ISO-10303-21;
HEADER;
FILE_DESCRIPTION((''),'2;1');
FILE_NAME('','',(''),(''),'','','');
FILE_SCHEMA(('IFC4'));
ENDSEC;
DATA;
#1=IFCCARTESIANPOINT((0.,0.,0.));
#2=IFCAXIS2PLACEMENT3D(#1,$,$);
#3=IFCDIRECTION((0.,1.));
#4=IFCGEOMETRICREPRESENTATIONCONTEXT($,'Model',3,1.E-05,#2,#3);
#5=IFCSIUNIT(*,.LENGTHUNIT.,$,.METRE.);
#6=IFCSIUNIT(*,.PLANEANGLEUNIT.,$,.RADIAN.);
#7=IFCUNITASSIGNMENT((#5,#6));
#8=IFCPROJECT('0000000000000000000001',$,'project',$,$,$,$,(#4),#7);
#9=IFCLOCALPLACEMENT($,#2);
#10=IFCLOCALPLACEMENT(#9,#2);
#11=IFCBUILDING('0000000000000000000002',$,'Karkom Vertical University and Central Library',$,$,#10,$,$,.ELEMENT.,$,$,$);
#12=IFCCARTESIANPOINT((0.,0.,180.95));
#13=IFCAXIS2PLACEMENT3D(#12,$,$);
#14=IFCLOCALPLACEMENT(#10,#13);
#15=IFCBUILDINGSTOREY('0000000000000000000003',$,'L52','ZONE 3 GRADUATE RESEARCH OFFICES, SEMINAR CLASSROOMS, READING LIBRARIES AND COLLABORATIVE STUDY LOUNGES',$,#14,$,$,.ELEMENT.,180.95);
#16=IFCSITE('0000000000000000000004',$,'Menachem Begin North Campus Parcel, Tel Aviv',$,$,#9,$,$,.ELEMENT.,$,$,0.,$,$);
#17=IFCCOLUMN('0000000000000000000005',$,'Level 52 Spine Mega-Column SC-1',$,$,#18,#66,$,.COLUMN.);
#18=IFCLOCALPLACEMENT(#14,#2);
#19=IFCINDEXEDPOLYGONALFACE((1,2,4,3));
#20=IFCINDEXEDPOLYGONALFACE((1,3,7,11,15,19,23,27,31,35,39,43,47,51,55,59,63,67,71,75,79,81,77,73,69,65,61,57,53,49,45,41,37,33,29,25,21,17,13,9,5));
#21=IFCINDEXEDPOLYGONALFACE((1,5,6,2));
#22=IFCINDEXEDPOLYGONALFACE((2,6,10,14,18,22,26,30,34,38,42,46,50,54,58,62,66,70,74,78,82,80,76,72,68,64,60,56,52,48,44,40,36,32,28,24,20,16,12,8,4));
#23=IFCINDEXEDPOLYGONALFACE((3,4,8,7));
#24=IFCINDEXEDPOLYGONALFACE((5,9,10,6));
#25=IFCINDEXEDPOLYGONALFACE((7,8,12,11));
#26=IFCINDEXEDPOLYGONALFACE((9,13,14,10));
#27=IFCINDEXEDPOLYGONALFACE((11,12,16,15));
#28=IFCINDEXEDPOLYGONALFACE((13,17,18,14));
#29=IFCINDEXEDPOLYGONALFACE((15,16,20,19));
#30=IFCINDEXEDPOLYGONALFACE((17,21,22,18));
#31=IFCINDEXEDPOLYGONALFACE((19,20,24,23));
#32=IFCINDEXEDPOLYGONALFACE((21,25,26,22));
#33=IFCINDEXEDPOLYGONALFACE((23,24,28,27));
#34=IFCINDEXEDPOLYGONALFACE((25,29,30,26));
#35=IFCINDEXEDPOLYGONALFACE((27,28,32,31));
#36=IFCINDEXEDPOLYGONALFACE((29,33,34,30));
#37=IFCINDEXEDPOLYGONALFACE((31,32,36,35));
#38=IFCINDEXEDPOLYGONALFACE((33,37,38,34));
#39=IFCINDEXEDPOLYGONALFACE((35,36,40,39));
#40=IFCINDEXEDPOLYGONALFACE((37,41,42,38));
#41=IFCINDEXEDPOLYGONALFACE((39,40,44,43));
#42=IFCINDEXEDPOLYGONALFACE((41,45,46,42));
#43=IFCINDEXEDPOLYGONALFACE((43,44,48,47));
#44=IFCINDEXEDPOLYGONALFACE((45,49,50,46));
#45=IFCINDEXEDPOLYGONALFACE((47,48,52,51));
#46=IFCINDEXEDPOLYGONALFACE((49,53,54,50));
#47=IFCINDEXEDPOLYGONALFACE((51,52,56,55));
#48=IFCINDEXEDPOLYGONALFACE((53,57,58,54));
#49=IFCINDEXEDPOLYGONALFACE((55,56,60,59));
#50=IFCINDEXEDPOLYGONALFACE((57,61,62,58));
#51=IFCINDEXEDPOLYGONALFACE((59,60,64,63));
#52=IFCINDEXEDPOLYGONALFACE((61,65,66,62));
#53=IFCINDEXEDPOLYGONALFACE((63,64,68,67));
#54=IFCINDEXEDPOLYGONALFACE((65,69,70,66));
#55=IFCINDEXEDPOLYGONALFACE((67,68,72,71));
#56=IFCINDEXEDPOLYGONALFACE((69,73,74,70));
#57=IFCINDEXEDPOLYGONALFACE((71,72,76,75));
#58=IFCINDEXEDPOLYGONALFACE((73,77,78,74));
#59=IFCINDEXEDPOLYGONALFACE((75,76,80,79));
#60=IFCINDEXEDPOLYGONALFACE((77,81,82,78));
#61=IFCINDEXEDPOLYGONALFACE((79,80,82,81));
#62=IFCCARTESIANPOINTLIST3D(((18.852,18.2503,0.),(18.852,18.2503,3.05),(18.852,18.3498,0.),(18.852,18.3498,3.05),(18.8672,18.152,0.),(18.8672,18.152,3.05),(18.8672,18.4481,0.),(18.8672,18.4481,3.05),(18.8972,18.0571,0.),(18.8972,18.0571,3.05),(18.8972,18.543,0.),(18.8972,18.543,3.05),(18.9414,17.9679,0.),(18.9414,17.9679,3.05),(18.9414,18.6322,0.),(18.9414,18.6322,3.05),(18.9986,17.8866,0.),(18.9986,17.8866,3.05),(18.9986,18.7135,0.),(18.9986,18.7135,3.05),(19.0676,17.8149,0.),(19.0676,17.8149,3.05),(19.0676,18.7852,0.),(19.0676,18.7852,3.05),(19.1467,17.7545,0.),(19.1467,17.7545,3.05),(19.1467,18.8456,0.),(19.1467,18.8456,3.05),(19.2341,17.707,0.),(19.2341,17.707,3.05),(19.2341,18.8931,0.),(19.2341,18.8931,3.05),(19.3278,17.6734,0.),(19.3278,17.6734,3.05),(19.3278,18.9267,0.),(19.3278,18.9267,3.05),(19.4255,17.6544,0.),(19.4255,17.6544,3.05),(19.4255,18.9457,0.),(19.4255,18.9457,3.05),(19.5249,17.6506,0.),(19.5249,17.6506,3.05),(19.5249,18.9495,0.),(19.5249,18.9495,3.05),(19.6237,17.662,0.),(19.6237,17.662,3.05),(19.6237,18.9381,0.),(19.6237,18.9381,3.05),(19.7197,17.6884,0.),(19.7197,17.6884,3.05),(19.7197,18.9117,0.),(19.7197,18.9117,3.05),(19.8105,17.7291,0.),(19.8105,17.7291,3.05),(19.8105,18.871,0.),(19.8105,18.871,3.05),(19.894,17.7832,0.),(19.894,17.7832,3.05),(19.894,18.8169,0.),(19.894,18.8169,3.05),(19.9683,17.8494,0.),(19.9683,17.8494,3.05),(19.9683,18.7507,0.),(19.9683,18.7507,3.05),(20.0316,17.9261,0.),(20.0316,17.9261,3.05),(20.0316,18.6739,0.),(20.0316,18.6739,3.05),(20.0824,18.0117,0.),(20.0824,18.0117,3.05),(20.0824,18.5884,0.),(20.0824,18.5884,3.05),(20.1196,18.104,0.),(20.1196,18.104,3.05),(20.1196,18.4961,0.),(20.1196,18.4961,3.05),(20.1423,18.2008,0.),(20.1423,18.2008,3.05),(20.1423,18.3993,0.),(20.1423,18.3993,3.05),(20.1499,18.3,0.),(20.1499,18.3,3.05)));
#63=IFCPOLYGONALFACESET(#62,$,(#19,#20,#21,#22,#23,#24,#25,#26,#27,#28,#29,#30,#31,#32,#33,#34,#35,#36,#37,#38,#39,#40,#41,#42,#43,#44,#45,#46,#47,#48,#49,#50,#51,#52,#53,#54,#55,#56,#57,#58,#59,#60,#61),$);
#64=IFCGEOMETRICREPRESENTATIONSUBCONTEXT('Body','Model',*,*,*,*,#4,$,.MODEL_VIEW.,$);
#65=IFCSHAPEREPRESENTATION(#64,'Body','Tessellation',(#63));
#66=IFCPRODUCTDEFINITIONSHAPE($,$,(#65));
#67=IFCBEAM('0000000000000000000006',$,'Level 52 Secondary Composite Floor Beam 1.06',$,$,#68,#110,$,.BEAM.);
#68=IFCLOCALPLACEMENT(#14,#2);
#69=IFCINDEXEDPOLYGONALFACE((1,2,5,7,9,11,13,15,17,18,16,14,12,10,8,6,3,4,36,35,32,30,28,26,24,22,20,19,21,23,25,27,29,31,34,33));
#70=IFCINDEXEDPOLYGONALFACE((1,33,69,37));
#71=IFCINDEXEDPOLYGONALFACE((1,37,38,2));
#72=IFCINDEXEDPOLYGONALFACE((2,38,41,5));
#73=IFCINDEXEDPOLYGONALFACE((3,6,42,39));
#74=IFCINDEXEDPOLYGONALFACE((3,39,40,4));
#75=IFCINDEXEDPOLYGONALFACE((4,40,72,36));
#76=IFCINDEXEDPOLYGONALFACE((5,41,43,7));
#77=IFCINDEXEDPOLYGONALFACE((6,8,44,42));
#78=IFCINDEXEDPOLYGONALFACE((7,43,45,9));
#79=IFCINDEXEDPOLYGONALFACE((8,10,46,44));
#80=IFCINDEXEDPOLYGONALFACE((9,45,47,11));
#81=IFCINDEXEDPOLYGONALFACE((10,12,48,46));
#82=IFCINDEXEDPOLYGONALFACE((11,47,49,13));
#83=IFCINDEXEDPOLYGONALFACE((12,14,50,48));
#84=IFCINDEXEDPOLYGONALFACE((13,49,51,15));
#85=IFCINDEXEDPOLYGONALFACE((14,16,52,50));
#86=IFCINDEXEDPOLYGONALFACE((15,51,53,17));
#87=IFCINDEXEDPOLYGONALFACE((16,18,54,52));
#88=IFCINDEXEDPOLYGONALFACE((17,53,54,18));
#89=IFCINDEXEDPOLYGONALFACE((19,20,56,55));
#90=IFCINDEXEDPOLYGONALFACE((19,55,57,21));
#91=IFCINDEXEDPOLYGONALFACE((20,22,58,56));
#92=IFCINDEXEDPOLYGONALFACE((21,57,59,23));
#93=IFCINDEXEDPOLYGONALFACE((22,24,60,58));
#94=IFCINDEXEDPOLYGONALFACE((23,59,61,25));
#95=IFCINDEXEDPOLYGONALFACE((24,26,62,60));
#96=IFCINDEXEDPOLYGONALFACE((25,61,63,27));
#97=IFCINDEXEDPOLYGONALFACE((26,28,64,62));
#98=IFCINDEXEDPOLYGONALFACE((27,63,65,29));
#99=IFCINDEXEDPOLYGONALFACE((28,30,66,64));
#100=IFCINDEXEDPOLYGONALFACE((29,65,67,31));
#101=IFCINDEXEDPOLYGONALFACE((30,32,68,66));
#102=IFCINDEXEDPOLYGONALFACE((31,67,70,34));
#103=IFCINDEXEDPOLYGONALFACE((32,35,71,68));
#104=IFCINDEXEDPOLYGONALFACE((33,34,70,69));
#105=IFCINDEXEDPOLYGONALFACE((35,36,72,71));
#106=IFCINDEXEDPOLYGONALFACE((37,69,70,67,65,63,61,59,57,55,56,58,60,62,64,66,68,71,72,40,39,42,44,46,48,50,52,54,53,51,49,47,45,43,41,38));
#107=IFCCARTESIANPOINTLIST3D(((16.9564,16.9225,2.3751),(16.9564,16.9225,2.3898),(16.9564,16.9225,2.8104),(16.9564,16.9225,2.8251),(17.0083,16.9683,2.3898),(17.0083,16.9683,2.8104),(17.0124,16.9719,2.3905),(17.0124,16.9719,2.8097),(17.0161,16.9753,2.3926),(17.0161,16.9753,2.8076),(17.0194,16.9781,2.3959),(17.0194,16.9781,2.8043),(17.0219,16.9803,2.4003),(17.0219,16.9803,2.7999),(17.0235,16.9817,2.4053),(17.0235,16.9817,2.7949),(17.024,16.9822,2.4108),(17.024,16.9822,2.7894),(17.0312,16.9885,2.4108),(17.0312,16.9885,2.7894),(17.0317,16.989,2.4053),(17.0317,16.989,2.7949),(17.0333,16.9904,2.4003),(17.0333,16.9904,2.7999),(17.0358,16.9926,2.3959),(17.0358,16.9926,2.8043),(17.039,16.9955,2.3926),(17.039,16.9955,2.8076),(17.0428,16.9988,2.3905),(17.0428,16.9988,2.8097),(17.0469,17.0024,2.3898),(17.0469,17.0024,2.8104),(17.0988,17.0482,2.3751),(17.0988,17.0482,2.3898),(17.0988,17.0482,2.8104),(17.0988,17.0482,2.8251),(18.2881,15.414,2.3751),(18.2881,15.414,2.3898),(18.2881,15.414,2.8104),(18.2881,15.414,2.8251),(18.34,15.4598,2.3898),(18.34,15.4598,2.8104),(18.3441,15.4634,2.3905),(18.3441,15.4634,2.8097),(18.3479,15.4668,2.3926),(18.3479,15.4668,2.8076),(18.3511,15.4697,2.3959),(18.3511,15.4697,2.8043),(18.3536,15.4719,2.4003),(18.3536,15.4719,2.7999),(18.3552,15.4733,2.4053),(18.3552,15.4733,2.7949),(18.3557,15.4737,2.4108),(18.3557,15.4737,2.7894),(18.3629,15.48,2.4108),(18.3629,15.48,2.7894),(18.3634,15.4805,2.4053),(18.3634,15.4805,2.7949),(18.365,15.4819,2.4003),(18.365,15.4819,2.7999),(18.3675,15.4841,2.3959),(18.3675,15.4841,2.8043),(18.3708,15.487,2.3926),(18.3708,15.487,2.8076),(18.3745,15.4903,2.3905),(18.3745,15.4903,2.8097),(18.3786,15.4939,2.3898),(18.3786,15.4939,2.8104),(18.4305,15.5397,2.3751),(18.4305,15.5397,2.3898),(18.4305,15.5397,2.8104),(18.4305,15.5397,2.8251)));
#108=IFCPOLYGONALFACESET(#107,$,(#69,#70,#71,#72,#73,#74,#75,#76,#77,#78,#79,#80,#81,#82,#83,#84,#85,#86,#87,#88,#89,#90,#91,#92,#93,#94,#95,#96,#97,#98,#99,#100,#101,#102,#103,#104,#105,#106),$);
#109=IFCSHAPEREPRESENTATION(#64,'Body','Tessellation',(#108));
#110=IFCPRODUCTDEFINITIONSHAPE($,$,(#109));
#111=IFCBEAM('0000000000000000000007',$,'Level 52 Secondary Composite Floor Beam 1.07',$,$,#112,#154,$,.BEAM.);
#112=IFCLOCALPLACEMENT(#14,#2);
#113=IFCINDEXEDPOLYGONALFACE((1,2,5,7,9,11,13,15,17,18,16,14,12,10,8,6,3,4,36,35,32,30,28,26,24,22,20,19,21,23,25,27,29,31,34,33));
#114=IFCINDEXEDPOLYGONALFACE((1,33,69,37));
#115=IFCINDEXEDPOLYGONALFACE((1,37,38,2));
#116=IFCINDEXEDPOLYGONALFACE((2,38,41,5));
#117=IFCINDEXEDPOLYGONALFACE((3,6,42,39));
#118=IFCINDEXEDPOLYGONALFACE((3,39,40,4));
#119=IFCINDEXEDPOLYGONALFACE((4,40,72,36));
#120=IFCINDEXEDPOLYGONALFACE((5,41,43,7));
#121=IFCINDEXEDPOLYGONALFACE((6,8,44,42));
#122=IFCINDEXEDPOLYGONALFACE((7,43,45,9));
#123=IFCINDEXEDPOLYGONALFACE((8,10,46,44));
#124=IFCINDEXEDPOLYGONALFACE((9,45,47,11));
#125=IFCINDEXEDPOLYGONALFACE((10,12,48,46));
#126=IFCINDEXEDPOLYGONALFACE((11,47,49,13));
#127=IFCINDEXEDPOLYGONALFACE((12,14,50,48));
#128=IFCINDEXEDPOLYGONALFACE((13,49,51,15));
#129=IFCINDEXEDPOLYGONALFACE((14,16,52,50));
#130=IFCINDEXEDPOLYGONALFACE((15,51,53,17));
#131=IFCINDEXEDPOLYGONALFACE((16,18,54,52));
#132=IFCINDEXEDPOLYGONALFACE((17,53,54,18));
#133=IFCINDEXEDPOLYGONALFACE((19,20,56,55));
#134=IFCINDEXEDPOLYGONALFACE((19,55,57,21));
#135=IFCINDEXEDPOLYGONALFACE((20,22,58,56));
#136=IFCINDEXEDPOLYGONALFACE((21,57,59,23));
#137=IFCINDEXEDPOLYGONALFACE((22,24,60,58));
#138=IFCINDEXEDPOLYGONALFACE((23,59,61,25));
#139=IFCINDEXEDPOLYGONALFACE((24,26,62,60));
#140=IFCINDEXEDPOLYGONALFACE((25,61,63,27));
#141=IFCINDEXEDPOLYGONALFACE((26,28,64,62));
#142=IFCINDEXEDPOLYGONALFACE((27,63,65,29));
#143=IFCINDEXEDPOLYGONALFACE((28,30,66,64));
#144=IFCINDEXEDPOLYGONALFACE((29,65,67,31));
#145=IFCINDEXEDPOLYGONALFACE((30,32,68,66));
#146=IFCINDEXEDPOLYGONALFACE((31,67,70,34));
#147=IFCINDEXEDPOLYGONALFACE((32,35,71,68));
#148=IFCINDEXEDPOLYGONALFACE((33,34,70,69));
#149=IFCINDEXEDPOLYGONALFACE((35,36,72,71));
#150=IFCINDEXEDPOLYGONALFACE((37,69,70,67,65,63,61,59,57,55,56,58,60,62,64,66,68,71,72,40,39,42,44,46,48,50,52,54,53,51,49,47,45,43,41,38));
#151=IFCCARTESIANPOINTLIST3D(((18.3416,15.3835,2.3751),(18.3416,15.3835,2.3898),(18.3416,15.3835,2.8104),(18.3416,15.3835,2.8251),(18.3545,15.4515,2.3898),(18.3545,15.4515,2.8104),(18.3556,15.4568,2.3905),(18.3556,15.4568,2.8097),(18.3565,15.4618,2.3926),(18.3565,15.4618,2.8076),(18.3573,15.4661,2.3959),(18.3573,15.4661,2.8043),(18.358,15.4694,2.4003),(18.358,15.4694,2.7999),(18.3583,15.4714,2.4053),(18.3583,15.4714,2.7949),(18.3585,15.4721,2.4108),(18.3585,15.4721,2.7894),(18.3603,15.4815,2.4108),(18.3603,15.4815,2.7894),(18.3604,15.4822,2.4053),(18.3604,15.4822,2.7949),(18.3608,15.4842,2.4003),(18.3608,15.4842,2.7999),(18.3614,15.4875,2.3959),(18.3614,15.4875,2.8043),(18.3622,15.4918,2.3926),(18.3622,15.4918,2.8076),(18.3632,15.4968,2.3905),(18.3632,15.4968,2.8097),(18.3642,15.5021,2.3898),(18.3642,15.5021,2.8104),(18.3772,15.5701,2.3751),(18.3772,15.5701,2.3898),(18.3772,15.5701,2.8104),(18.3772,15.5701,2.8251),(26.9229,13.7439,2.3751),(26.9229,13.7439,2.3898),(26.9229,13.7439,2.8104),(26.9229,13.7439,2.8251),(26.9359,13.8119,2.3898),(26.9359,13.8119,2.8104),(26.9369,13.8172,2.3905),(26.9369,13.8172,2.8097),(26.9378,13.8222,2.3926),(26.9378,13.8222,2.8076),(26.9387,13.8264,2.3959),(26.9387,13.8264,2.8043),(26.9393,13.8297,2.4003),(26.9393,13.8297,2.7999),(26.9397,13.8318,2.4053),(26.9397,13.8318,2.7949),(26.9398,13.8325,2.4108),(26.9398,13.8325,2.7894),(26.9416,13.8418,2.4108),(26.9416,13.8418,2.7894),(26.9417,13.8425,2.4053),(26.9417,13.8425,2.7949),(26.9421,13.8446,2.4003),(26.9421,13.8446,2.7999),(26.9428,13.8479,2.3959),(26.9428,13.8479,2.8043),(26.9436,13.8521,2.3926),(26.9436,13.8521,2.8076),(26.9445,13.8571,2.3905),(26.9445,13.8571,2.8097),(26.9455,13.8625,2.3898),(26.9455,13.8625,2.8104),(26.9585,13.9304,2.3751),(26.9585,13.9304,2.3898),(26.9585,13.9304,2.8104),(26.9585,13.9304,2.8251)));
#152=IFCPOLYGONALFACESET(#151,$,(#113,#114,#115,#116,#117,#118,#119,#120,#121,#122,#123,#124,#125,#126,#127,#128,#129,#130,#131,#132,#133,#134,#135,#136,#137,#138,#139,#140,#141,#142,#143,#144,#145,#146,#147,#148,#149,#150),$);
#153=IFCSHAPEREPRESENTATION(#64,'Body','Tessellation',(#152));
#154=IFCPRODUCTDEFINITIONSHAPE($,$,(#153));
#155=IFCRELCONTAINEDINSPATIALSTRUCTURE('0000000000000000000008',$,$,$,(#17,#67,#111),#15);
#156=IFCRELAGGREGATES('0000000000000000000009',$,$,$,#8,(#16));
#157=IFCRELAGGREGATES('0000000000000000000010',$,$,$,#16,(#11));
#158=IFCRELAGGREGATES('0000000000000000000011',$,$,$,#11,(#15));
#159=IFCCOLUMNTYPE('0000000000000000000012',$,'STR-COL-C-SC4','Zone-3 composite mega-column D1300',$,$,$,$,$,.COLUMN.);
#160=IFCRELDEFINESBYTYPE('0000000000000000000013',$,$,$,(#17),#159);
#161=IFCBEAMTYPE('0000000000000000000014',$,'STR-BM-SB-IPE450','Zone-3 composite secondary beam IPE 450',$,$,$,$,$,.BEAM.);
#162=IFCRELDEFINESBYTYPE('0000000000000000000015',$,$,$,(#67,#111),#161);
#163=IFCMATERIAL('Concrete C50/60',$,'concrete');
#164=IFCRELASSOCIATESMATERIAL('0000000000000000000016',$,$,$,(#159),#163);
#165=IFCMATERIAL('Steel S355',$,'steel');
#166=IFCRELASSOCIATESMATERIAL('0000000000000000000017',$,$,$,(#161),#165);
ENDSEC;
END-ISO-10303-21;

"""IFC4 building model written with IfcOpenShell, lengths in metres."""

from ifc_helpers import new_model, si_unit, direction, frame, origin, origin_with_axes, origin_2d, place, context, subcontext, project, spatial, circle, i_section, extrude, source, transform, mapped, material, material_profile, profile_set, type_object, element, save


model = new_model("IFC4")

# Units and contexts
model_context = context("Model", 3, precision=1e-05, world=origin(), true_north=direction((0.0, 1.0)))
body_context = subcontext(model_context, "Body", "Model", "MODEL_VIEW")
ifc_project = project(units=[si_unit("LENGTHUNIT", "METRE"), si_unit("PLANEANGLEUNIT", "RADIAN")], contexts=[model_context])

# Site, building, storey
site_placement = place(None, origin())
site = spatial("IfcSite", under=ifc_project, at=site_placement, Name="Menachem Begin North Campus Parcel, Tel Aviv", CompositionType="ELEMENT", RefElevation=0.0)
building_placement = place(site_placement, origin())
building = spatial("IfcBuilding", under=site, at=building_placement, Name="Karkom Vertical University and Central Library", CompositionType="ELEMENT")
storey_placement = place(building_placement, frame((0.0, 0.0, 180.95)))
storey = spatial("IfcBuildingStorey", under=building, at=storey_placement, Name="L52", Description="ZONE 3 GRADUATE RESEARCH OFFICES, SEMINAR CLASSROOMS, READING LIBRARIES AND COLLABORATIVE STUDY LOUNGES", CompositionType="ELEMENT", Elevation=180.95)

# Column
ifc_material_1 = material(Name="Concrete C50/60", Category="concrete")
ifc_material_profile_1 = material_profile(ifc_material_1, circle(Radius=0.6499, at=origin_2d()), Name="CFT-D1300")
ifc_profile_set_1 = profile_set([ifc_material_profile_1], Name="Concrete C50/60")
column_type = type_object("IfcColumnType", Name="STR-COL-C-SC4", Description="Zone-3 composite mega-column D1300", PredefinedType="COLUMN", material=ifc_profile_set_1)
shared_shape_1 = source(origin_with_axes(), body_context, "Body", "SweptSolid", [
    extrude(circle(Radius=0.6499, at=origin_2d()), origin(), (0.0, 0.0, 1.0), 3.05),
])
column_placement = place(storey_placement, frame((19.5, 18.3, 0.0), z_axis=(0.0, 0.0, 1.0), x_axis=(1.0, 0.0, 0.0)))
element("IfcColumn", 1, at=column_placement, inside=storey, type_object=column_type, Name="Level 52 Spine Mega-Column SC-1", PredefinedType="COLUMN", context=body_context, shape_type="MappedRepresentation", body=[
    mapped(shared_shape_1, transform((0.0, 0.0, 0.0), scale=1.0)),
])

# Beams
ifc_material_2 = material(Name="Steel S355", Category="steel")
ifc_material_profile_2 = material_profile(ifc_material_2, i_section(OverallWidth=0.1899, OverallDepth=0.45, WebThickness=0.0095, FlangeThickness=0.0146, FilletRadius=0.021, at=origin_2d()), Name="IPE 450")
ifc_profile_set_2 = profile_set([ifc_material_profile_2], Name="Steel S355")
beam_type_1 = type_object("IfcBeamType", Name="STR-BM-SB-IPE450", Description="Zone-3 composite secondary beam IPE 450", PredefinedType="BEAM", material=ifc_profile_set_2)
shared_shape_2 = source(origin_with_axes(), body_context, "Body", "SweptSolid", [
    extrude(i_section(OverallWidth=0.1899, OverallDepth=0.45, WebThickness=0.0095, FlangeThickness=0.0146, FilletRadius=0.021, at=origin_2d()), origin(), (0.0, 0.0, 1.0), 2.0122),
])
beam_1_placement = place(storey_placement, frame((17.0276, 16.9854, 2.6001), z_axis=(0.661822, -0.749661, 0.0), x_axis=(0.749661, 0.661822, 0.0)))
element("IfcBeam", 2, at=beam_1_placement, inside=storey, type_object=beam_type_1, Name="Level 52 Secondary Composite Floor Beam 1.06", PredefinedType="BEAM", context=body_context, shape_type="MappedRepresentation", body=[
    mapped(shared_shape_2, transform((0.0, 0.0, 0.0), scale=1.0)),
])
shared_shape_3 = source(origin_with_axes(), body_context, "Body", "SweptSolid", [
    extrude(i_section(OverallWidth=0.1899, OverallDepth=0.45, WebThickness=0.0095, FlangeThickness=0.0146, FilletRadius=0.021, at=origin_2d()), origin(), (0.0, 0.0, 1.0), 8.7366),
])
beam_2_placement = place(storey_placement, frame((18.3594, 15.4768, 2.6001), z_axis=(0.982231, -0.187677, 0.0), x_axis=(0.187677, 0.982231, 0.0)))
element("IfcBeam", 3, at=beam_2_placement, inside=storey, type_object=beam_type_1, Name="Level 52 Secondary Composite Floor Beam 1.07", PredefinedType="BEAM", context=body_context, shape_type="MappedRepresentation", body=[
    mapped(shared_shape_3, transform((0.0, 0.0, 0.0), scale=1.0)),
])

save(model, "model.ifc")
